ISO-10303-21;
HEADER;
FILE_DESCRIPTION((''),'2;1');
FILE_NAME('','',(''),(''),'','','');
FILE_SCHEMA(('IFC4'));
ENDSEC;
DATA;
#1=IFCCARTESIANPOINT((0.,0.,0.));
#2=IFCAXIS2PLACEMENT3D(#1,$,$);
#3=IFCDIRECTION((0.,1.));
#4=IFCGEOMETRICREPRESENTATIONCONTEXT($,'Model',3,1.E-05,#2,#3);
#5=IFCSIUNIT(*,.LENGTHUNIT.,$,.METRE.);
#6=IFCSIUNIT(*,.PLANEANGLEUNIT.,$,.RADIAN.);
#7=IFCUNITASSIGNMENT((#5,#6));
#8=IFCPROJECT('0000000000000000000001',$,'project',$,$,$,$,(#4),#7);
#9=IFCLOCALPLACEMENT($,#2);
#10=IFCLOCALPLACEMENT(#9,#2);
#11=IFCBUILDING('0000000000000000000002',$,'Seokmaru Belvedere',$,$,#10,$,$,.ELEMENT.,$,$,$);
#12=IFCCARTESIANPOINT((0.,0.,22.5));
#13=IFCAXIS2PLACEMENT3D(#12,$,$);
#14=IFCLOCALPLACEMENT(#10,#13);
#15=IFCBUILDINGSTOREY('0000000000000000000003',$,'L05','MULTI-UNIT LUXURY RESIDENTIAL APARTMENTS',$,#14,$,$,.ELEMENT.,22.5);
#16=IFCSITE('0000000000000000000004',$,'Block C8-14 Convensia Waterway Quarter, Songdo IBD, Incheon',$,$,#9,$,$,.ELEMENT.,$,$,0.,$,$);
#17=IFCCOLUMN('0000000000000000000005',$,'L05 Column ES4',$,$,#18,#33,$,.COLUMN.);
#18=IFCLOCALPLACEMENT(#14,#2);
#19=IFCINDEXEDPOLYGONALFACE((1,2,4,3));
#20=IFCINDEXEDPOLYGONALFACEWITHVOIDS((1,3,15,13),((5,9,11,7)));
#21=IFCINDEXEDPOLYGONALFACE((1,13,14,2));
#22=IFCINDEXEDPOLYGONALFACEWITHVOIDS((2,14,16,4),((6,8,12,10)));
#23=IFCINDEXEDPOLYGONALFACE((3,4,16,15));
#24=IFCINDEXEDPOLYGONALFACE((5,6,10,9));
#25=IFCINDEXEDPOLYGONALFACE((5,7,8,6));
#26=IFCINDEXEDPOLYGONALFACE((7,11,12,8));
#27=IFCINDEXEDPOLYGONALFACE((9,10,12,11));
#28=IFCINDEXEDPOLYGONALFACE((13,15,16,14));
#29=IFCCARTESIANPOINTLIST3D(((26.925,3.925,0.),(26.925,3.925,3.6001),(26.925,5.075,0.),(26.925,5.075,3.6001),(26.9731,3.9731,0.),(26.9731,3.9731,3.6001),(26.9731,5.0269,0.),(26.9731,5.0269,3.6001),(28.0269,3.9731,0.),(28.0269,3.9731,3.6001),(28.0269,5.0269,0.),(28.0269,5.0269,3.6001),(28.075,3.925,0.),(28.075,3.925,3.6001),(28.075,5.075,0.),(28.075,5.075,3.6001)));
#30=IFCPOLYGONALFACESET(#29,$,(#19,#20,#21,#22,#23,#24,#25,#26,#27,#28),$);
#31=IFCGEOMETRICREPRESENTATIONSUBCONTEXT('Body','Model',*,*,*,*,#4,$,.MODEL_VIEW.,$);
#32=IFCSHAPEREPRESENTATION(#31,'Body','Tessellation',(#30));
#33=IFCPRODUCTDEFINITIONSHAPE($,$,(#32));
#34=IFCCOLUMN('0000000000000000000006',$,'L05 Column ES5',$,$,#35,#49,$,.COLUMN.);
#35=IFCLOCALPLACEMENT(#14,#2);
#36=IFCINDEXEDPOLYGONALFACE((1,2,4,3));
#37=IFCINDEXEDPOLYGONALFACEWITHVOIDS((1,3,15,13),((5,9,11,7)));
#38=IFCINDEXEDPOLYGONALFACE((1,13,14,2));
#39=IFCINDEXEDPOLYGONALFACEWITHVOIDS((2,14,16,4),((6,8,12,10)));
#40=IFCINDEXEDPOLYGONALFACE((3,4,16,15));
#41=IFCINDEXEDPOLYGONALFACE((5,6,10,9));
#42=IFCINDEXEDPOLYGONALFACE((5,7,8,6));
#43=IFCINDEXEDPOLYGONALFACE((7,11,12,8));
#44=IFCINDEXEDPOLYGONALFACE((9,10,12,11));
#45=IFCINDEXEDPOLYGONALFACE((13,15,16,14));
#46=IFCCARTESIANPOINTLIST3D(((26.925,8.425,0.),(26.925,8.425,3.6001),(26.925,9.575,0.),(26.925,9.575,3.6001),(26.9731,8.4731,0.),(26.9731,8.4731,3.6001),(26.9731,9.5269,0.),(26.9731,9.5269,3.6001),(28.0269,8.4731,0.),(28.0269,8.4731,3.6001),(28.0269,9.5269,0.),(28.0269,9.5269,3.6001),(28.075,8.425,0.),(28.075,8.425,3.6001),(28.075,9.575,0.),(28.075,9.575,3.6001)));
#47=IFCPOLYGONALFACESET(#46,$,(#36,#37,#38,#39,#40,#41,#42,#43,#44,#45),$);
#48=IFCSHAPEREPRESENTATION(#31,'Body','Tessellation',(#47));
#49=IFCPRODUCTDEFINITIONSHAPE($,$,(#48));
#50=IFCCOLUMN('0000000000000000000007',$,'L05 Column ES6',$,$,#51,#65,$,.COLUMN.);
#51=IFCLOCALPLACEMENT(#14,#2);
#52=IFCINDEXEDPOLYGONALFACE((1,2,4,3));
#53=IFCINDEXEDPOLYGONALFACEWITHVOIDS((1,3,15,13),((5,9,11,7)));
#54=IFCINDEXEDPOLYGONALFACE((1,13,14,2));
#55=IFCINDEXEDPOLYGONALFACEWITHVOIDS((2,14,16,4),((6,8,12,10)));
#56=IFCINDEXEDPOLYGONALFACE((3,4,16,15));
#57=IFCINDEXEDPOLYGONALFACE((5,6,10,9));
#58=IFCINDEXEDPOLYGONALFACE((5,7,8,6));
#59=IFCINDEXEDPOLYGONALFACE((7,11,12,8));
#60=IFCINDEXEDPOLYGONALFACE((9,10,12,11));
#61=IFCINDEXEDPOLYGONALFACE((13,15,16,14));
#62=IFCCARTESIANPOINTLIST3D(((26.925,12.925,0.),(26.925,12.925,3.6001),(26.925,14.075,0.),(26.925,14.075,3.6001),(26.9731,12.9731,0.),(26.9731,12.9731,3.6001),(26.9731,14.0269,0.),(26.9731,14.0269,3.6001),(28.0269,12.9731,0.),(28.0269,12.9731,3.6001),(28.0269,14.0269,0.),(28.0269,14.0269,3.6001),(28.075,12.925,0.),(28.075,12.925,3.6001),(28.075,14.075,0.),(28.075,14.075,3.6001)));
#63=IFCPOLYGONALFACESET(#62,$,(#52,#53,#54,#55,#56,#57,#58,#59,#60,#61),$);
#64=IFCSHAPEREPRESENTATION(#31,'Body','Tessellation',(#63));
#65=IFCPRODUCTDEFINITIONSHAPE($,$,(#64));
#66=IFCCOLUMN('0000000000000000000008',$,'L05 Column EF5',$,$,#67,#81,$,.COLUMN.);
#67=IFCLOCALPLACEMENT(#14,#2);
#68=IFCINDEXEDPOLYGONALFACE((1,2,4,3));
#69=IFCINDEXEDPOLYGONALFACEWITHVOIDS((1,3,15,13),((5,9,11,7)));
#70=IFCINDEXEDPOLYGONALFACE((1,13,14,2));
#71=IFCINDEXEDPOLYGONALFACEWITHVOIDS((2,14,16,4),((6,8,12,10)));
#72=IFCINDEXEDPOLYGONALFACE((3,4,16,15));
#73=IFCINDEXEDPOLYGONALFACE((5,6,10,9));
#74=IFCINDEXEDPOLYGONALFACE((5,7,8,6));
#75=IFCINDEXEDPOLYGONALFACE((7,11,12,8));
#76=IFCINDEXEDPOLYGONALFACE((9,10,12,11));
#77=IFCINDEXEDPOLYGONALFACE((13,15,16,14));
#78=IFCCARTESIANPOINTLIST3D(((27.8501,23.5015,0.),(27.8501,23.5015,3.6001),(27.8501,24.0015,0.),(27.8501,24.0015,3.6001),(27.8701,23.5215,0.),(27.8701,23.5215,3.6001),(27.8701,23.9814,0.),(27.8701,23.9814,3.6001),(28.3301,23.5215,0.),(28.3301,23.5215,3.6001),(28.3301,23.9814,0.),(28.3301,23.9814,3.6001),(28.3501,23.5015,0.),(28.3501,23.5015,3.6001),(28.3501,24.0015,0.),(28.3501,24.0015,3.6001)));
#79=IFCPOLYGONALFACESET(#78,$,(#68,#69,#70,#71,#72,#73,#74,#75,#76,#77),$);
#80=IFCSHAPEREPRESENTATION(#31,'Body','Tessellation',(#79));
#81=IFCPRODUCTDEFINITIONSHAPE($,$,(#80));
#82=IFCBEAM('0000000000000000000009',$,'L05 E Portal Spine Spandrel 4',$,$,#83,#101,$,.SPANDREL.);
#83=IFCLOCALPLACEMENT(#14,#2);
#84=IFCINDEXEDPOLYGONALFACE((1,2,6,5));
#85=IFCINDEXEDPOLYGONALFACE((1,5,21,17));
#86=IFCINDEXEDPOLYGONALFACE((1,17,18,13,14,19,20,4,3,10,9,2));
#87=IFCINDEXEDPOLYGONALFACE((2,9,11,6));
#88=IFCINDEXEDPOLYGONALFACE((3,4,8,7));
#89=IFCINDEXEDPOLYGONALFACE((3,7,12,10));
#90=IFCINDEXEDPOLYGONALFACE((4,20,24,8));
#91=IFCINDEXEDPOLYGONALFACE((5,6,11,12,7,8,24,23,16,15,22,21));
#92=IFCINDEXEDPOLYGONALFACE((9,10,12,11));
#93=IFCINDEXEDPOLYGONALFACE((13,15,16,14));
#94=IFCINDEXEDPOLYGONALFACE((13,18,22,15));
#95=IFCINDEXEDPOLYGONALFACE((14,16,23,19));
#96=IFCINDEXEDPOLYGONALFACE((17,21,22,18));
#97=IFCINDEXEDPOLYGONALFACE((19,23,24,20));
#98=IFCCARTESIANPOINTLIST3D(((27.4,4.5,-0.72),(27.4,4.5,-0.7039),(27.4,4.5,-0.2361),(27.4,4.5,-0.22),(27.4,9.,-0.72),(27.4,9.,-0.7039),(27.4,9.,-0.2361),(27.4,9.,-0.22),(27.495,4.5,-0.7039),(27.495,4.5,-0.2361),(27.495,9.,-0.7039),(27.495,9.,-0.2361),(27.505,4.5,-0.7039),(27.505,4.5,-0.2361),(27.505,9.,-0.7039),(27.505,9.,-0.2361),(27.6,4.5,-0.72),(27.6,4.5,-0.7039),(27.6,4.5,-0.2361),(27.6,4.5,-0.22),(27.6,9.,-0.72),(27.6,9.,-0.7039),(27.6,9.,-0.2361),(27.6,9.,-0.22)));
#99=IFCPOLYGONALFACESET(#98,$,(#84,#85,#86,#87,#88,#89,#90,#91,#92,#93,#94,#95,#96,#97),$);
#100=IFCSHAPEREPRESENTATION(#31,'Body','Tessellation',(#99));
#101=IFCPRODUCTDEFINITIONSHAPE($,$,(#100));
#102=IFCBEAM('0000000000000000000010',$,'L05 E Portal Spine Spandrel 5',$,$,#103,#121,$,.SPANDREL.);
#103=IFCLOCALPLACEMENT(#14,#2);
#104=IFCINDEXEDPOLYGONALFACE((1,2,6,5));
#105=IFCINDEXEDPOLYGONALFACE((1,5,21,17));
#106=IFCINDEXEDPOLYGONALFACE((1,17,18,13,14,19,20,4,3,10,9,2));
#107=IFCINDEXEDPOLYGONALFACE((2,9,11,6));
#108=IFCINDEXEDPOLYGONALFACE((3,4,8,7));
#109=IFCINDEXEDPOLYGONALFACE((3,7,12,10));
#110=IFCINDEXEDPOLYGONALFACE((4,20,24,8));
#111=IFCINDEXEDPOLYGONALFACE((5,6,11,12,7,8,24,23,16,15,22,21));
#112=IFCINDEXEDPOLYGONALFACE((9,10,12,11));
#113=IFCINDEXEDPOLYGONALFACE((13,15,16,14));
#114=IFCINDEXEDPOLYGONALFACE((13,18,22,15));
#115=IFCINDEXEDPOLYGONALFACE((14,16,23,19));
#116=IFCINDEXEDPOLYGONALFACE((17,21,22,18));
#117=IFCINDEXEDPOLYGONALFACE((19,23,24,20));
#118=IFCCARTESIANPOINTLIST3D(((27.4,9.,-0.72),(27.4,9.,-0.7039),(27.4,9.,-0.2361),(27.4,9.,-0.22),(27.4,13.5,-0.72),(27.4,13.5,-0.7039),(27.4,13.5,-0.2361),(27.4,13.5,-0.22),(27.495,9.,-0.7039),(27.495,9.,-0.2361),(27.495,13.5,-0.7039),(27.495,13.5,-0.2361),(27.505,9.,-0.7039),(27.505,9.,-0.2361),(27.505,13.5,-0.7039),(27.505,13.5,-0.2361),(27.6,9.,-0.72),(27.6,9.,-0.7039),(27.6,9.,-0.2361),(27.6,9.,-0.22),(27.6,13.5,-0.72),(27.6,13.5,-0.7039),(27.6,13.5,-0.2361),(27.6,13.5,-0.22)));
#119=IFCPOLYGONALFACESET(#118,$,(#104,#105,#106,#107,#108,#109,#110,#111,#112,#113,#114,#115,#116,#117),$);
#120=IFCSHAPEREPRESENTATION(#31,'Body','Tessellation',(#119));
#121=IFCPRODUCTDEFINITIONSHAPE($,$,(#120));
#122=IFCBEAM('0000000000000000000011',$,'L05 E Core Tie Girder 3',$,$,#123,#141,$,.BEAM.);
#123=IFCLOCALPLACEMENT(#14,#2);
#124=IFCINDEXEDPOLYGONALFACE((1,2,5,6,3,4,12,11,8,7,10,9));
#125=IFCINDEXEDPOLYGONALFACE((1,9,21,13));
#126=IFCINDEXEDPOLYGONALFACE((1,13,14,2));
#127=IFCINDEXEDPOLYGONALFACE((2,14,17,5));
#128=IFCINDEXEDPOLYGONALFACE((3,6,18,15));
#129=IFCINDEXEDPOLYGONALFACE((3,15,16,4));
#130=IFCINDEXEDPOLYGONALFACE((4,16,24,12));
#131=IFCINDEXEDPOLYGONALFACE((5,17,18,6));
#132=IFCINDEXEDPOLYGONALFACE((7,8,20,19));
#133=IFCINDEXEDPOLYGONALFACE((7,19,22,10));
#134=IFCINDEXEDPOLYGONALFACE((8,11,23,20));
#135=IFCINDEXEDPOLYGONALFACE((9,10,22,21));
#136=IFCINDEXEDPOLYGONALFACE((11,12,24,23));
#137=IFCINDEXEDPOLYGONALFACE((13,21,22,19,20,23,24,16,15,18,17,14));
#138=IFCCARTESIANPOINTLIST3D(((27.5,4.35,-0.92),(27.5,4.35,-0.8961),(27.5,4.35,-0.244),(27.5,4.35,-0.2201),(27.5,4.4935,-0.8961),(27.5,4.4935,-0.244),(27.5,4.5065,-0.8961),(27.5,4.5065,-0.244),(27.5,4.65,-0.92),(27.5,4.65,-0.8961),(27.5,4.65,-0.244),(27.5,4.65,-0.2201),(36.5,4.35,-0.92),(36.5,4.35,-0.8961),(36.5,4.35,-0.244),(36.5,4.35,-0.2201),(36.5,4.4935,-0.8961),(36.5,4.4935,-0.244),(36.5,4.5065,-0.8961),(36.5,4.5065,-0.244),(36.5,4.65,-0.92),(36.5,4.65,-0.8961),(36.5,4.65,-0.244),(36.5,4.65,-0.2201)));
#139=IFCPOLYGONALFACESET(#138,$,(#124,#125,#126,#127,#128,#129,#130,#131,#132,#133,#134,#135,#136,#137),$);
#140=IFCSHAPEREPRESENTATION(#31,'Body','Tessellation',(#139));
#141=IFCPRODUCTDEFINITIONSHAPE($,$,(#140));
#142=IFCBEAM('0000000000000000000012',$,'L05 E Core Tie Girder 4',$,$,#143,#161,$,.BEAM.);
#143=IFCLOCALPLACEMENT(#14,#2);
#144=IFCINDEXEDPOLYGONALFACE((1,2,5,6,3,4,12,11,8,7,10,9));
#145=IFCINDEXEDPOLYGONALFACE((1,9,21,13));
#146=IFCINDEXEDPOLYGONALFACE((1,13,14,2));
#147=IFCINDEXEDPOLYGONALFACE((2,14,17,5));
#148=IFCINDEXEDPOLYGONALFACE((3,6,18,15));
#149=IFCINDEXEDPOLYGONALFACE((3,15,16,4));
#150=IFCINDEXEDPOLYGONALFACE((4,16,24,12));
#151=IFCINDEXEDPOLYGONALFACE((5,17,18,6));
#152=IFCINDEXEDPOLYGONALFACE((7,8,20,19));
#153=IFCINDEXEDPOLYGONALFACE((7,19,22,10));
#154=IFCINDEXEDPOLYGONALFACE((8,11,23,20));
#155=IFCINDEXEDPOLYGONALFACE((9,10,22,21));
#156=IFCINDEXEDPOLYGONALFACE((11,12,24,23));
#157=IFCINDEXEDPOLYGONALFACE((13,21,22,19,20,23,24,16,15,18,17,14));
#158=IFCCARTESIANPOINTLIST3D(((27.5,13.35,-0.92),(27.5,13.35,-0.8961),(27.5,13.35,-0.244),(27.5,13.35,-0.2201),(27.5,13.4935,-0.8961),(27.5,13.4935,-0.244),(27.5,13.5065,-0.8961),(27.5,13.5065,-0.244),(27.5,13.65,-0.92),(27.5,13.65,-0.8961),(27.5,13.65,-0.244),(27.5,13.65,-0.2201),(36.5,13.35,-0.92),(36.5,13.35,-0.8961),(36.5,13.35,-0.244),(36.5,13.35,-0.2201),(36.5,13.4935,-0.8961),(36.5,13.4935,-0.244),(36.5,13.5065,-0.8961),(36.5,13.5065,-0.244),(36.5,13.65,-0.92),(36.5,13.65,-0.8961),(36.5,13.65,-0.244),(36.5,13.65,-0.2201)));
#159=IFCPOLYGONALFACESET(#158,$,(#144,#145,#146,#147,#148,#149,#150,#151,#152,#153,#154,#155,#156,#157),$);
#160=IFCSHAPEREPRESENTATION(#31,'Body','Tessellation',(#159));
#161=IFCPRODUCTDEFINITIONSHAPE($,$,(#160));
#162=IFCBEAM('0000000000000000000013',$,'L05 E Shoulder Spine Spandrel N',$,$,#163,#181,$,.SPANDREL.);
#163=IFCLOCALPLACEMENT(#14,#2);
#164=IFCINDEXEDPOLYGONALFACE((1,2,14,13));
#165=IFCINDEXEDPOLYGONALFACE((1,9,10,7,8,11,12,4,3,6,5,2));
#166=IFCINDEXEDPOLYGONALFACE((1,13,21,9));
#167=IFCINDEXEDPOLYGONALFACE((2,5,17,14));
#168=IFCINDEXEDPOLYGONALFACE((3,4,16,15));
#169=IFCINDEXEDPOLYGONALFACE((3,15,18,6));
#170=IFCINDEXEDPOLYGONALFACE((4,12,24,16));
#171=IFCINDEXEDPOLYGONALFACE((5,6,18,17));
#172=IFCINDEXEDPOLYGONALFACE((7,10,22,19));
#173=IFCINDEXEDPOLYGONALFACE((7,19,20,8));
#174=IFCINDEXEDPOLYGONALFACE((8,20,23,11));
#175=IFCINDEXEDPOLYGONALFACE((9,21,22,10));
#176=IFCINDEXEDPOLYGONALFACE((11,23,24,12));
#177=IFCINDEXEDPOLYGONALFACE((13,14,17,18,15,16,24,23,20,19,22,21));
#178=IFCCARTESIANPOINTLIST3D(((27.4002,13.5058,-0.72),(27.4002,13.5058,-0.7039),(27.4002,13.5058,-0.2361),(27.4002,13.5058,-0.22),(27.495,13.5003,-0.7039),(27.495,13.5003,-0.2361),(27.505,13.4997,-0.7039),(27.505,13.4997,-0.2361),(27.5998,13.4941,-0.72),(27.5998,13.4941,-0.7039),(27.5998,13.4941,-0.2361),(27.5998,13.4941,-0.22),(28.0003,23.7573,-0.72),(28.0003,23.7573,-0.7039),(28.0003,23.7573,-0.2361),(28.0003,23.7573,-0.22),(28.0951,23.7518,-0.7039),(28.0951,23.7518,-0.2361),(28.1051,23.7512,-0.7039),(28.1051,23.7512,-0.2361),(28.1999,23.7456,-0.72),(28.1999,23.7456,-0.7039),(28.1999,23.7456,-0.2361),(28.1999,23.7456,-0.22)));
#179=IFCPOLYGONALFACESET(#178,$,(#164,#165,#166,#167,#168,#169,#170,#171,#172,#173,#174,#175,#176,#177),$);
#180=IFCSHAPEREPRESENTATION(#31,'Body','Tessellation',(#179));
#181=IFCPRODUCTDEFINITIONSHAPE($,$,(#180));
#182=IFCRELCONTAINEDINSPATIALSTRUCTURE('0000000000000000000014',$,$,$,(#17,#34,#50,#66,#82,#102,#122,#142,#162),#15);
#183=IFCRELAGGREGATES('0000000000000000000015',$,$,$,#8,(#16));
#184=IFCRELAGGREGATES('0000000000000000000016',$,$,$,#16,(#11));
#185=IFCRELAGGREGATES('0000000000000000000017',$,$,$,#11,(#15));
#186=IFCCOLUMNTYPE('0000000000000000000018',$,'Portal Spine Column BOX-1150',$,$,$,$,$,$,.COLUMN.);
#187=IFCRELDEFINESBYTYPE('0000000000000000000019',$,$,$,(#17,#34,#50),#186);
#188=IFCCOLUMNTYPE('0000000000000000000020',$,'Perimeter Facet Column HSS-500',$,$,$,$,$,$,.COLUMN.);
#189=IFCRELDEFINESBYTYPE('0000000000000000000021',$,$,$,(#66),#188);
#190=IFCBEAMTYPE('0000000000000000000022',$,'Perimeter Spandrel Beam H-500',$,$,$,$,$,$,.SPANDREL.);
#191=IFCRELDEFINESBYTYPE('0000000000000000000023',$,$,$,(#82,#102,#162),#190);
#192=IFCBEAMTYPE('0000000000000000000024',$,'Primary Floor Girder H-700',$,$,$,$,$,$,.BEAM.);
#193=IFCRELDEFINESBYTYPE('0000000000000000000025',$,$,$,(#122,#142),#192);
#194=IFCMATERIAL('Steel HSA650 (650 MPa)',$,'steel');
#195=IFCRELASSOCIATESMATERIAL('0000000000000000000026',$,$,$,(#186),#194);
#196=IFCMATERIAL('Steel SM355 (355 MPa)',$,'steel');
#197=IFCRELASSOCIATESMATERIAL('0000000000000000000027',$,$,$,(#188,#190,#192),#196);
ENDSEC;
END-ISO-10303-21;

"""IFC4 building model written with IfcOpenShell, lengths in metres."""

from ifc_helpers import new_model, si_unit, direction, frame, origin, origin_2d, place, context, subcontext, project, spatial, hollow_rectangle, i_section, extrude, source, transform, mapped, material, material_profile, profile_set, type_object, type_shapes, element, save


model = new_model("IFC4")

# Units and contexts
model_context = context("Model", 3, precision=1e-05, world=origin(), true_north=direction((0.0, 1.0)))
body_context = subcontext(model_context, "Body", "Model", "MODEL_VIEW")
ifc_project = project(units=[si_unit("LENGTHUNIT", "METRE"), si_unit("PLANEANGLEUNIT", "RADIAN")], contexts=[model_context])

# Site, building, storey
site_placement = place(None, origin())
site = spatial("IfcSite", under=ifc_project, at=site_placement, Name="Block C8-14 Convensia Waterway Quarter, Songdo IBD, Incheon", CompositionType="ELEMENT", RefElevation=0.0)
building_placement = place(site_placement, origin())
building = spatial("IfcBuilding", under=site, at=building_placement, Name="Seokmaru Belvedere", CompositionType="ELEMENT")
storey_placement = place(building_placement, frame((0.0, 0.0, 22.5)))
storey = spatial("IfcBuildingStorey", under=building, at=storey_placement, Name="L05", Description="MULTI-UNIT LUXURY RESIDENTIAL APARTMENTS", CompositionType="ELEMENT", Elevation=22.5)

# Columns
ifc_material_1 = material(Name="Steel HSA650 (650 MPa)", Category="steel")
ifc_material_profile_1 = material_profile(ifc_material_1, hollow_rectangle(XDim=1.1499, YDim=1.1499, WallThickness=0.0481, at=origin_2d()), Name="BOX-1150x1150x48")
ifc_profile_set_1 = profile_set([ifc_material_profile_1], Name="Steel HSA650 (650 MPa)")
column_type_1 = type_object("IfcColumnType", Name="Portal Spine Column BOX-1150", PredefinedType="COLUMN", material=ifc_profile_set_1)
shared_shape_1 = source(origin(), body_context, "Body", "SweptSolid", [
    extrude(hollow_rectangle(XDim=1.1499, YDim=1.1499, WallThickness=0.0481, at=origin_2d()), origin(), (0.0, 0.0, 1.0), 3.6001),
])
type_shapes(column_type_1, [shared_shape_1])
for number, where, z_axis, x_axis, name in (
    (1, (27.5, 4.5, 0.0), (0.0, 0.0, 1.0), (1.0, 0.0, 0.0), "L05 Column ES4"),
    (2, (27.5, 9.0, 0.0), (0.0, 0.0, 1.0), (1.0, 0.0, 0.0), "L05 Column ES5"),
    (3, (27.5, 13.5, 0.0), (0.0, 0.0, 1.0), (1.0, 0.0, 0.0), "L05 Column ES6"),
):
    element("IfcColumn", number, at=place(storey_placement, frame(where, z_axis=z_axis, x_axis=x_axis)), inside=storey, type_object=column_type_1, Name=name, PredefinedType="COLUMN", context=body_context, shape_type="MappedRepresentation", body=[
        mapped(shared_shape_1, transform((0.0, 0.0, 0.0), scale=1.0)),
    ])
ifc_material_2 = material(Name="Steel SM355 (355 MPa)", Category="steel")
ifc_material_profile_2 = material_profile(ifc_material_2, hollow_rectangle(XDim=0.5, YDim=0.5, WallThickness=0.02, at=origin_2d()), Name="HSS-500x500x20")
ifc_profile_set_2 = profile_set([ifc_material_profile_2], Name="Steel SM355 (355 MPa)")
column_type_2 = type_object("IfcColumnType", Name="Perimeter Facet Column HSS-500", PredefinedType="COLUMN", material=ifc_profile_set_2)
shared_shape_2 = source(origin(), body_context, "Body", "SweptSolid", [
    extrude(hollow_rectangle(XDim=0.5, YDim=0.5, WallThickness=0.02, at=origin_2d()), origin(), (0.0, 0.0, 1.0), 3.6001),
])
type_shapes(column_type_2, [shared_shape_2])
column_placement = place(storey_placement, frame((28.1001, 23.7515, 0.0), z_axis=(0.0, 0.0, 1.0), x_axis=(1.0, 0.0, 0.0)))
element("IfcColumn", 4, at=column_placement, inside=storey, type_object=column_type_2, Name="L05 Column EF5", PredefinedType="COLUMN", context=body_context, shape_type="MappedRepresentation", body=[
    mapped(shared_shape_2, transform((0.0, 0.0, 0.0), scale=1.0)),
])

# Beams
ifc_material_profile_3 = material_profile(ifc_material_2, i_section(OverallWidth=0.2, OverallDepth=0.5, WebThickness=0.01, FlangeThickness=0.0161, at=origin_2d()), Name="H-500x200x10x16")
ifc_profile_set_3 = profile_set([ifc_material_profile_3], Name="Steel SM355 (355 MPa)")
beam_type_1 = type_object("IfcBeamType", Name="Perimeter Spandrel Beam H-500", PredefinedType="SPANDREL", material=ifc_profile_set_3)
shared_shape_3 = source(origin(), body_context, "Body", "SweptSolid", [
    extrude(i_section(OverallWidth=0.2, OverallDepth=0.5, WebThickness=0.01, FlangeThickness=0.0161, at=origin_2d()), origin(), (0.0, 0.0, 1.0), 4.5),
])
for number, where, z_axis, x_axis, name in (
    (5, (27.5, 4.5, -0.47), (0.0, 1.0, 0.0), (-1.0, 0.0, 0.0), "L05 E Portal Spine Spandrel 4"),
    (6, (27.5, 9.0, -0.47), (0.0, 1.0, 0.0), (-1.0, 0.0, 0.0), "L05 E Portal Spine Spandrel 5"),
):
    element("IfcBeam", number, at=place(storey_placement, frame(where, z_axis=z_axis, x_axis=x_axis)), inside=storey, type_object=beam_type_1, Name=name, PredefinedType="SPANDREL", context=body_context, shape_type="MappedRepresentation", body=[
        mapped(shared_shape_3, transform((0.0, 0.0, 0.0), scale=1.0)),
    ])
ifc_material_profile_4 = material_profile(ifc_material_2, i_section(OverallWidth=0.3, OverallDepth=0.7, WebThickness=0.0129, FlangeThickness=0.0239, at=origin_2d()), Name="H-700x300x13x24")
ifc_profile_set_4 = profile_set([ifc_material_profile_4], Name="Steel SM355 (355 MPa)")
beam_type_2 = type_object("IfcBeamType", Name="Primary Floor Girder H-700", PredefinedType="BEAM", material=ifc_profile_set_4)
shared_shape_4 = source(origin(), body_context, "Body", "SweptSolid", [
    extrude(i_section(OverallWidth=0.3, OverallDepth=0.7, WebThickness=0.0129, FlangeThickness=0.0239, at=origin_2d()), origin(), (0.0, 0.0, 1.0), 9.0),
])
type_shapes(beam_type_2, [shared_shape_4])
for number, where, z_axis, x_axis, name in (
    (7, (27.5, 4.5, -0.5701), (1.0, 0.0, 0.0), (0.0, 1.0, 0.0), "L05 E Core Tie Girder 3"),
    (8, (27.5, 13.5, -0.5701), (1.0, 0.0, 0.0), (0.0, 1.0, 0.0), "L05 E Core Tie Girder 4"),
):
    element("IfcBeam", number, at=place(storey_placement, frame(where, z_axis=z_axis, x_axis=x_axis)), inside=storey, type_object=beam_type_2, Name=name, PredefinedType="BEAM", context=body_context, shape_type="MappedRepresentation", body=[
        mapped(shared_shape_4, transform((0.0, 0.0, 0.0), scale=1.0)),
    ])
shared_shape_5 = source(origin(), body_context, "Body", "SweptSolid", [
    extrude(i_section(OverallWidth=0.2, OverallDepth=0.5, WebThickness=0.01, FlangeThickness=0.0161, at=origin_2d()), origin(), (0.0, 0.0, 1.0), 10.269),
])
type_shapes(beam_type_1, [shared_shape_3, shared_shape_5])
beam_placement = place(storey_placement, frame((28.1001, 23.7515, -0.47), z_axis=(-0.058438, -0.998291, 0.0), x_axis=(0.998291, -0.058438, 0.0)))
element("IfcBeam", 9, at=beam_placement, inside=storey, type_object=beam_type_1, Name="L05 E Shoulder Spine Spandrel N", PredefinedType="SPANDREL", context=body_context, shape_type="MappedRepresentation", body=[
    mapped(shared_shape_5, transform((0.0, 0.0, 0.0), scale=1.0)),
])

save(model, "model.ifc")
